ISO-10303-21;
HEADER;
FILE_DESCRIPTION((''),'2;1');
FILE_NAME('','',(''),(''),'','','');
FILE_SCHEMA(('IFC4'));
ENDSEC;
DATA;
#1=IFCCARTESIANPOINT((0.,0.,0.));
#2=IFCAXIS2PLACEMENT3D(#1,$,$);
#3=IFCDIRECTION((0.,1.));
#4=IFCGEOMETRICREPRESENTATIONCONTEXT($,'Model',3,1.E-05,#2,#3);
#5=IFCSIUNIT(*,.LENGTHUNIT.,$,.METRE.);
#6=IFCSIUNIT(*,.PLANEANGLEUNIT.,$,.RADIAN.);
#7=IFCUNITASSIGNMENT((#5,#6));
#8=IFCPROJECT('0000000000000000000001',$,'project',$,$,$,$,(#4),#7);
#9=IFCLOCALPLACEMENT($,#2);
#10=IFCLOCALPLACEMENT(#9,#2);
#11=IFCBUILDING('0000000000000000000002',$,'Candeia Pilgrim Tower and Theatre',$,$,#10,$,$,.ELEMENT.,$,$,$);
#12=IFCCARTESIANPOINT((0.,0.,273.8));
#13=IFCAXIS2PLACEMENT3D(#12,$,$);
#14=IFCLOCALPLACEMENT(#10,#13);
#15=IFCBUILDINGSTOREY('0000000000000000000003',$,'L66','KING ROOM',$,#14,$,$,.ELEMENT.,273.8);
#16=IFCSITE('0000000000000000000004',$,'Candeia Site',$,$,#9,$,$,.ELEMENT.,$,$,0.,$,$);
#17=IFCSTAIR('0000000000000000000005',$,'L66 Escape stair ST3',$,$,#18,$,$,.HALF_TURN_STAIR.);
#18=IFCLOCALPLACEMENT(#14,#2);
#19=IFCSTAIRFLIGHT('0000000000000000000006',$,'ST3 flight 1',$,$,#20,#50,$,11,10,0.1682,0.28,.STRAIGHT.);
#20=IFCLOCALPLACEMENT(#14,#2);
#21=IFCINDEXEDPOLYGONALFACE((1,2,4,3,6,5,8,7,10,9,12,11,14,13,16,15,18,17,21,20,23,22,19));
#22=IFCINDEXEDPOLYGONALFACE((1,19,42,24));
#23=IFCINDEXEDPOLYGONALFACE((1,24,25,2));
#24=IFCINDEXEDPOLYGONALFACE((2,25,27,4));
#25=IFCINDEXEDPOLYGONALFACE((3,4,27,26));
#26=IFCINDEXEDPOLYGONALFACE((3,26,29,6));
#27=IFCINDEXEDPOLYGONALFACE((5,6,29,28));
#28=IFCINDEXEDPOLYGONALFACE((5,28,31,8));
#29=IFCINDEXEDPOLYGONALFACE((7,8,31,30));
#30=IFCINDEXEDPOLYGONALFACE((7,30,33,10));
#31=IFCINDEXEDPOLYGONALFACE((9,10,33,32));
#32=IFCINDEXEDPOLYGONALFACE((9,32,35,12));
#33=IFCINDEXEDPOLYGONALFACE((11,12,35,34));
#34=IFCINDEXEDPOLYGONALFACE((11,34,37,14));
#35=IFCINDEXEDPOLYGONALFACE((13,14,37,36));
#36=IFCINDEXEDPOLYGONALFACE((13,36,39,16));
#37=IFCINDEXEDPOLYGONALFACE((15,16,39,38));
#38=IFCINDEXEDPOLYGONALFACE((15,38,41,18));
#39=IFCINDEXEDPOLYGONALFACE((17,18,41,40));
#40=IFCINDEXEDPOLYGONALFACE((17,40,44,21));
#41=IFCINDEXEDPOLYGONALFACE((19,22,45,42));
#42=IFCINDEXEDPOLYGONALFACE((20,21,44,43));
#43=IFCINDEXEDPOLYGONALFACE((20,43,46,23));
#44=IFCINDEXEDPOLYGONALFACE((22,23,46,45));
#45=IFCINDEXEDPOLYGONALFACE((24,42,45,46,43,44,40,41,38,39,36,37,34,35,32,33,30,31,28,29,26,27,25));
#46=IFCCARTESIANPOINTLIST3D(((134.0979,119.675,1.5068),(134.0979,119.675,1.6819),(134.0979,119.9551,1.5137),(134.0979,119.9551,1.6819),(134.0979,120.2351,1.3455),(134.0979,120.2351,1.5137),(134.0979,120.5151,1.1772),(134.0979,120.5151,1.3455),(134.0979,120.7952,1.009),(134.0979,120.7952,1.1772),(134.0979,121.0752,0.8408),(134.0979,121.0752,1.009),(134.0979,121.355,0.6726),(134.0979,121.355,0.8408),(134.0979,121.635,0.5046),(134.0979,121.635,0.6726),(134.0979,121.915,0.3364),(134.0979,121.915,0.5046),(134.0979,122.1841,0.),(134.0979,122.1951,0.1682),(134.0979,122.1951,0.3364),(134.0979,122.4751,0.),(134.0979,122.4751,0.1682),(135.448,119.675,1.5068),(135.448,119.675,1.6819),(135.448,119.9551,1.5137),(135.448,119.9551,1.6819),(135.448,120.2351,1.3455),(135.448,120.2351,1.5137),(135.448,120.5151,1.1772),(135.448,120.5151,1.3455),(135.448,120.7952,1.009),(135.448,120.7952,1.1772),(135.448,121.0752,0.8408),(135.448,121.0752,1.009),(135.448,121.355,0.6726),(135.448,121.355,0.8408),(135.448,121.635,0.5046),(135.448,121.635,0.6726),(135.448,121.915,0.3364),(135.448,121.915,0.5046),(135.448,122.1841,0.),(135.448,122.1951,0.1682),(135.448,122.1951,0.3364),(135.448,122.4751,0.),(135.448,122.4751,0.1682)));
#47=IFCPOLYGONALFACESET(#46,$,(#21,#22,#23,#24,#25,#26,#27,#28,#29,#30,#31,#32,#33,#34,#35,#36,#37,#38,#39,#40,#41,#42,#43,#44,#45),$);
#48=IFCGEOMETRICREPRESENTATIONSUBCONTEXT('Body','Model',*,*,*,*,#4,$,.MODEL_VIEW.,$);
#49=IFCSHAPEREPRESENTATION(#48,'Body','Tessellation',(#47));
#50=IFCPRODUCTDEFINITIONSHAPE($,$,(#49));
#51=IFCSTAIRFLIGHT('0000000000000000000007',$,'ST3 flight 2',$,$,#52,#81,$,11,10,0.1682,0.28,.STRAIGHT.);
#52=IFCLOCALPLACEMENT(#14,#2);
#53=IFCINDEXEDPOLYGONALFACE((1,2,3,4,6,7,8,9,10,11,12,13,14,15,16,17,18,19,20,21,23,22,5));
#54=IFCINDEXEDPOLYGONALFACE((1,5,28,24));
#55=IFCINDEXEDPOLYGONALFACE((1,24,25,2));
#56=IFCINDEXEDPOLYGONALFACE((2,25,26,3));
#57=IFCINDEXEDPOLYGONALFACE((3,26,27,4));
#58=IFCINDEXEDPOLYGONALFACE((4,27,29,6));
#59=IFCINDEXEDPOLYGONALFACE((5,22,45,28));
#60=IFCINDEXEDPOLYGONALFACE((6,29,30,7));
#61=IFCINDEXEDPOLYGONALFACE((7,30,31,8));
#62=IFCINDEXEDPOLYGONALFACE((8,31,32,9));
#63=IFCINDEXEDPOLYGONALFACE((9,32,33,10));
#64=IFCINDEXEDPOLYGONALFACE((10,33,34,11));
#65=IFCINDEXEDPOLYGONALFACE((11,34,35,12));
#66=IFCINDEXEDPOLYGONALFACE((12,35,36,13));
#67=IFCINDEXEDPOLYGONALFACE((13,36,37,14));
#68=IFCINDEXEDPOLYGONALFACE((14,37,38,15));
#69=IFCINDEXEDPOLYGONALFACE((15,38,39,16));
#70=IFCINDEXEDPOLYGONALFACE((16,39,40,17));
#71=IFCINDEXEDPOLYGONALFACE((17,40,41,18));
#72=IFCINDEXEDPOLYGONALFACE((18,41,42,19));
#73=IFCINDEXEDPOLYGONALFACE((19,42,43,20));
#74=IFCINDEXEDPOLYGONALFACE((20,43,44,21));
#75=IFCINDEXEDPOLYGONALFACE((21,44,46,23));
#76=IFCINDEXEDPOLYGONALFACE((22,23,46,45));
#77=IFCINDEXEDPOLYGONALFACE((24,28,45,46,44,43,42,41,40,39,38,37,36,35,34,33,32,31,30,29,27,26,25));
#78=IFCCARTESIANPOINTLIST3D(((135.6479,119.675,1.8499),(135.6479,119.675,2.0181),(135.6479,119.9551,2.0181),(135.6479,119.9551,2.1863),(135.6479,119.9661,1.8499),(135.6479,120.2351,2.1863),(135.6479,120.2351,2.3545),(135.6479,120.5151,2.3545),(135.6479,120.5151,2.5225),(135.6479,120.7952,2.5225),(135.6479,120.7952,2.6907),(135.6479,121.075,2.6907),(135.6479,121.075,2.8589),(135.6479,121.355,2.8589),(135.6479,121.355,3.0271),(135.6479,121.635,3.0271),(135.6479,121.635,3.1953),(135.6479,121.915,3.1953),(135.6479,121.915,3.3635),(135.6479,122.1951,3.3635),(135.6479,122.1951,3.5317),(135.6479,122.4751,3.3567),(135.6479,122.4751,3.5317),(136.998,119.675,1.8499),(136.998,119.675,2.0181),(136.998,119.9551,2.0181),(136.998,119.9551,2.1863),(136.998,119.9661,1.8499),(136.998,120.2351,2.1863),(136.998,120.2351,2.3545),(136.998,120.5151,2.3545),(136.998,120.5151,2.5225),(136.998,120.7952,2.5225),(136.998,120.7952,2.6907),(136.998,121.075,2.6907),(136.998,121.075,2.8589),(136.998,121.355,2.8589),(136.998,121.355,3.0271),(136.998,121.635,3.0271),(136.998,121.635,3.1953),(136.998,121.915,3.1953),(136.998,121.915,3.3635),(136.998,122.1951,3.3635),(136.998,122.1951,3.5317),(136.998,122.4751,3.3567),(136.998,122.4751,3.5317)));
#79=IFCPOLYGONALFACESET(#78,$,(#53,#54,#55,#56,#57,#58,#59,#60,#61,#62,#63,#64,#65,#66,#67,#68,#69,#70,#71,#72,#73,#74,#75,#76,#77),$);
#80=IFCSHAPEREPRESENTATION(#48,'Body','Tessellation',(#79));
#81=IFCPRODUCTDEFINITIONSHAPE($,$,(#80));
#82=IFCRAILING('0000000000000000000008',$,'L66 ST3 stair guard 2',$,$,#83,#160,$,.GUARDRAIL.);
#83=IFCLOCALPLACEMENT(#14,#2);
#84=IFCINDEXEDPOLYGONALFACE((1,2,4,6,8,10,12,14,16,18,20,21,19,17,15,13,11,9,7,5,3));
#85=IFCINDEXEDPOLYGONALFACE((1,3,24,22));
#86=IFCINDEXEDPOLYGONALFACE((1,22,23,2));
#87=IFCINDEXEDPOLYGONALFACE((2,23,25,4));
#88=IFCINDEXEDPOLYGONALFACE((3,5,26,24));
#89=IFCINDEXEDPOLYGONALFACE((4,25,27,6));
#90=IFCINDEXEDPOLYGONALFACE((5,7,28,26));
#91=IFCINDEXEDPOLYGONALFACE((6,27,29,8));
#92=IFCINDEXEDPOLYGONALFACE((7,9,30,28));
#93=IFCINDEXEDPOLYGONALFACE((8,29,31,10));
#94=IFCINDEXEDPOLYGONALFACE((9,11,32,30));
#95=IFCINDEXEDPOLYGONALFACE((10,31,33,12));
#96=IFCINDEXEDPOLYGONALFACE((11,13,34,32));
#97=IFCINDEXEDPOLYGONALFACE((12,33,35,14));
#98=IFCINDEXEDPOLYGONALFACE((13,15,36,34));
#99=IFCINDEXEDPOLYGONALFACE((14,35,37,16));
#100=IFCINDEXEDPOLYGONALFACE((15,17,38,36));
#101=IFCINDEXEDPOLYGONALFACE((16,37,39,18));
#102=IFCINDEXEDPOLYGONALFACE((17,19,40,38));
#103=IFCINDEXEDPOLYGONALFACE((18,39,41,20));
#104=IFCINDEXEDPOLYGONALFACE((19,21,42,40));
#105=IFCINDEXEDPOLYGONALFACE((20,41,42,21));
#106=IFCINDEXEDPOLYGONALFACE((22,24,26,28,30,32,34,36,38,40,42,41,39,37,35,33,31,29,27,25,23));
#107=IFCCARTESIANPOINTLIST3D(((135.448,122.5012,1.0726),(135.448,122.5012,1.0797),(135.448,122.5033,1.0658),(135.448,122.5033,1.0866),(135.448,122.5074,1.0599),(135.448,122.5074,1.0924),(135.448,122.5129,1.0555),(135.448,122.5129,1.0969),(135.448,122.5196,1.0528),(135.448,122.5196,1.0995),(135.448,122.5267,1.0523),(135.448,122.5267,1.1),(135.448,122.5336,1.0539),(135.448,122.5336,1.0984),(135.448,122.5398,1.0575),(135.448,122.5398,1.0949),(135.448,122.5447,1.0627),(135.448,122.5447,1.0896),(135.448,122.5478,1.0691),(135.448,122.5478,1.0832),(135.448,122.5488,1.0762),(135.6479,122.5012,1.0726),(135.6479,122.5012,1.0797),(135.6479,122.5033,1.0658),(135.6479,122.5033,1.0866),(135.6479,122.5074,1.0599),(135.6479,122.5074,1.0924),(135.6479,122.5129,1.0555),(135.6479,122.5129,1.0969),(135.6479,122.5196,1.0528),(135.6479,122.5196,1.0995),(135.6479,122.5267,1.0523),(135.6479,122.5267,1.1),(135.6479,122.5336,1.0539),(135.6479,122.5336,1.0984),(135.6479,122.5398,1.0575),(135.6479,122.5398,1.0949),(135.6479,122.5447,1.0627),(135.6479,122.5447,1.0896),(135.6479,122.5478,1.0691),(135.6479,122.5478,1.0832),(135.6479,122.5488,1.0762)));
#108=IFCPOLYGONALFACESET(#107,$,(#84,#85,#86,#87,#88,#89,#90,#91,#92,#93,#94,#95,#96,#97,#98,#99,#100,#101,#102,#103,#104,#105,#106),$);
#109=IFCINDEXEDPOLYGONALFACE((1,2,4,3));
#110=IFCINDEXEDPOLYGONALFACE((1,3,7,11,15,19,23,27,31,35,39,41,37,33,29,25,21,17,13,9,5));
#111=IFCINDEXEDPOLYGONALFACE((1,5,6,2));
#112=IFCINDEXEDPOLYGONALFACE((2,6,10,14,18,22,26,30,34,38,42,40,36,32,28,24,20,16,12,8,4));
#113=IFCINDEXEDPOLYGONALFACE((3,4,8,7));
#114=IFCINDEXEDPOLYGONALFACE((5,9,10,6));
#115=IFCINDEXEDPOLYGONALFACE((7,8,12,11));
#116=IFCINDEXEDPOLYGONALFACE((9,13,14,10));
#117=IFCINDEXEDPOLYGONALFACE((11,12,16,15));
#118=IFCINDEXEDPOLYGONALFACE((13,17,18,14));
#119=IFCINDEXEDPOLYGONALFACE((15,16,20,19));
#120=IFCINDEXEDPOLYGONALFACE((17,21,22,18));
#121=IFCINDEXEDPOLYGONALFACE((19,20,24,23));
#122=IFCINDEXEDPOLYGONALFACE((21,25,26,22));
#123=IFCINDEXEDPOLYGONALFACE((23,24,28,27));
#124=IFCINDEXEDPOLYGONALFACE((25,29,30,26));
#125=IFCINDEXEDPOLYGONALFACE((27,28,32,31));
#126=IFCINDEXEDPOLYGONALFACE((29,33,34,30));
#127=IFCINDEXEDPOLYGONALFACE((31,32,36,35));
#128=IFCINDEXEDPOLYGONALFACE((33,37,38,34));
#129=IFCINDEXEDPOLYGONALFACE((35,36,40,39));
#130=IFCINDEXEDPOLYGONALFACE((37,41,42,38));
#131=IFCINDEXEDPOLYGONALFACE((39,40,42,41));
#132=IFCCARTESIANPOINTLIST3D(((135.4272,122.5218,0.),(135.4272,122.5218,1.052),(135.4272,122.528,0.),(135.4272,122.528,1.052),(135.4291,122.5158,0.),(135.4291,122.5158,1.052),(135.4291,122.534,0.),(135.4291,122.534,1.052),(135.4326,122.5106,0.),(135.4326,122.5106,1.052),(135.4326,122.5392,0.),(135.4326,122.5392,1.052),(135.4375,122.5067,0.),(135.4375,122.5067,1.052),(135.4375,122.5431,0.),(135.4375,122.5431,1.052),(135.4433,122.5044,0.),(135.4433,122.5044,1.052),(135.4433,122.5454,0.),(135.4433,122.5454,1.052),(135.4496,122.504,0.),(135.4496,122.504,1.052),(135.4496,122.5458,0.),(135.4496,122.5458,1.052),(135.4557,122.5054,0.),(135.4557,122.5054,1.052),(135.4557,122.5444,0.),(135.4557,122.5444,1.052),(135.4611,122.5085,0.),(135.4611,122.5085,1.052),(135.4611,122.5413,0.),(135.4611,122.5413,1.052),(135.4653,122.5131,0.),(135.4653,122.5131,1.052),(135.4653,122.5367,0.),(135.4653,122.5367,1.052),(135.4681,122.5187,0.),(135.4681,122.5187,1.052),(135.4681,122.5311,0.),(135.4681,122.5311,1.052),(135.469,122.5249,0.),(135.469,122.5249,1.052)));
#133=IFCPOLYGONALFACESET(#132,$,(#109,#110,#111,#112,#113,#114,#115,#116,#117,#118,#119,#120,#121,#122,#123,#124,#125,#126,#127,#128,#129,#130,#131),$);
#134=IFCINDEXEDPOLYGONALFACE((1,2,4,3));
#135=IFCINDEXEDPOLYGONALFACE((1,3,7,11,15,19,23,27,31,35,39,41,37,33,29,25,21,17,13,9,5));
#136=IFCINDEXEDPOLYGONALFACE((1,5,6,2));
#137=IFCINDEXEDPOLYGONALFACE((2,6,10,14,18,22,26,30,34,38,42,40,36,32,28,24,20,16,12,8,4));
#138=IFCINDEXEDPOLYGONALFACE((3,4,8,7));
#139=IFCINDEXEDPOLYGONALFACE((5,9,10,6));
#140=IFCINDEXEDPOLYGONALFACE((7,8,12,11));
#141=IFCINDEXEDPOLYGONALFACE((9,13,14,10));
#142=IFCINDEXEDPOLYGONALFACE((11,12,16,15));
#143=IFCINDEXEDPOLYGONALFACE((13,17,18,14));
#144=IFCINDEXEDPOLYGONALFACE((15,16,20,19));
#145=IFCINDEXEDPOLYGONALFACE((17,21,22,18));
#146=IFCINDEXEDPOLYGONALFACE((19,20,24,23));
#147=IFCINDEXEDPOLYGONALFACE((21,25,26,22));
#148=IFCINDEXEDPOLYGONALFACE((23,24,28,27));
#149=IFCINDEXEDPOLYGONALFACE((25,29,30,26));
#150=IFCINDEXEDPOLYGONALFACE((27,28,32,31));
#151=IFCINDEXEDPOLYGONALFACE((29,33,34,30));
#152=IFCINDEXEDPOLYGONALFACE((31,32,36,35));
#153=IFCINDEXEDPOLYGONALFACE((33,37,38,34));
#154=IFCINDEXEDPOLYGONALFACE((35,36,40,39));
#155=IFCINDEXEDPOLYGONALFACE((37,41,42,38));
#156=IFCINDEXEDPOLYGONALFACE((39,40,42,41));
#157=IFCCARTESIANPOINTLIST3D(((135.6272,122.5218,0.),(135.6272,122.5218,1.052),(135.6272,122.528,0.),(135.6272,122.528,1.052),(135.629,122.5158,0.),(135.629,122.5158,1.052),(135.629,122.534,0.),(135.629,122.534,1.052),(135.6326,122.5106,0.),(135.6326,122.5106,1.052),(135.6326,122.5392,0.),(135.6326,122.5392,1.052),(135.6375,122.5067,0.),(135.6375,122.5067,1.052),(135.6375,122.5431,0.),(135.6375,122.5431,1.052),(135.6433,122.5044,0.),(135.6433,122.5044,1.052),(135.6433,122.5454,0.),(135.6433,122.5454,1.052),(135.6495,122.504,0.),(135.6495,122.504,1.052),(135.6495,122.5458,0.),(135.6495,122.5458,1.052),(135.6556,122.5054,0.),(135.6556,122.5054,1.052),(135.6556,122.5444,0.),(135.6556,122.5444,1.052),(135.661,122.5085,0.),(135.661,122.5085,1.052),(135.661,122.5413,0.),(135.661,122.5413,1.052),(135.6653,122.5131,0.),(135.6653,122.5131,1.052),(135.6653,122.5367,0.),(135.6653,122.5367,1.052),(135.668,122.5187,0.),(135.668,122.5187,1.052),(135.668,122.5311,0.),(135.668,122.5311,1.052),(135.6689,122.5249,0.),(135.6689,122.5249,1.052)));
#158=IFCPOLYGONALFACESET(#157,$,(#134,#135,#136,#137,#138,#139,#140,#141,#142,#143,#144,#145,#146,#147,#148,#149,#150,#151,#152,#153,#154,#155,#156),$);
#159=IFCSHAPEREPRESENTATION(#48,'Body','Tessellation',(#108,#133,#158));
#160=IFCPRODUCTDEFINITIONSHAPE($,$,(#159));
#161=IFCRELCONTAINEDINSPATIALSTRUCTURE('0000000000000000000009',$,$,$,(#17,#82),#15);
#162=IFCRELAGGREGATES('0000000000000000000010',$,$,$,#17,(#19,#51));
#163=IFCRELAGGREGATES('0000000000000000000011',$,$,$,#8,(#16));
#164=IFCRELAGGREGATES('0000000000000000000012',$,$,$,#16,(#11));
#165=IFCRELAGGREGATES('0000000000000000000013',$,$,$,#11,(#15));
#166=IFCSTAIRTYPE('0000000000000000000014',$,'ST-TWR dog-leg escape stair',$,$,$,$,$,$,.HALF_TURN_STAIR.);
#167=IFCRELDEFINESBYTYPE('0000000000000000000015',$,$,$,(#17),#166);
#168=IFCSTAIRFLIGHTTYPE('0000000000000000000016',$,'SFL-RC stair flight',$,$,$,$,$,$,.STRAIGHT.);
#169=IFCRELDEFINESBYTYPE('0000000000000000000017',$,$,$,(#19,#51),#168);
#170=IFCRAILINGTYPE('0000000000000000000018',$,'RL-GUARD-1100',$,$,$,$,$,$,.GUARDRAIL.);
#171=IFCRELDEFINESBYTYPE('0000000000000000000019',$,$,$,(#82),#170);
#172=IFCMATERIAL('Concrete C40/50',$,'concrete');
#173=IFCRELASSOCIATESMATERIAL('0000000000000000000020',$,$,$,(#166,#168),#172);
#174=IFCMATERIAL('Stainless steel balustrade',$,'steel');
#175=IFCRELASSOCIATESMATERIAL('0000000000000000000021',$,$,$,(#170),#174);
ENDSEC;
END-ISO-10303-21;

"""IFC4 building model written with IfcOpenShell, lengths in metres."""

from ifc_helpers import new_model, si_unit, direction, frame, origin, origin_2d, place, context, subcontext, project, spatial, polyline, circle, outline, extrude, material, type_object, element, aggregate, save


model = new_model("IFC4")

# Units and contexts
model_context = context("Model", 3, precision=1e-05, world=origin(), true_north=direction((0.0, 1.0)))
body_context = subcontext(model_context, "Body", "Model", "MODEL_VIEW")
ifc_project = project(units=[si_unit("LENGTHUNIT", "METRE"), si_unit("PLANEANGLEUNIT", "RADIAN")], contexts=[model_context])

# Site, building, storey
site_placement = place(None, origin())
site = spatial("IfcSite", under=ifc_project, at=site_placement, Name="Candeia Site", CompositionType="ELEMENT", RefElevation=0.0)
building_placement = place(site_placement, origin())
building = spatial("IfcBuilding", under=site, at=building_placement, Name="Candeia Pilgrim Tower and Theatre", CompositionType="ELEMENT")
storey_placement = place(building_placement, frame((0.0, 0.0, 273.8)))
storey = spatial("IfcBuildingStorey", under=building, at=storey_placement, Name="L66", Description="KING ROOM", CompositionType="ELEMENT", Elevation=273.8)

# Shared definitions
ifc_material_1 = material(Name="Concrete C40/50", Category="concrete")

# Stair, stair flights
stair_type = type_object("IfcStairType", Name="ST-TWR dog-leg escape stair", PredefinedType="HALF_TURN_STAIR", material=ifc_material_1)
stair_placement = place(storey_placement, origin())
stair = element("IfcStair", 1, at=stair_placement, inside=storey, type_object=stair_type, Name="L66 Escape stair ST3", PredefinedType="HALF_TURN_STAIR")
stair_flight_type = type_object("IfcStairFlightType", Name="SFL-RC stair flight", PredefinedType="STRAIGHT", material=ifc_material_1)
stair_flight_1_placement = place(storey_placement, frame((134.7729, 122.4751, 0.0), z_axis=(0.0, 0.0, 1.0), x_axis=(0.0, -1.0, 0.0)))
stair_flight_1 = element("IfcStairFlight", 2, at=stair_flight_1_placement, type_object=stair_flight_type, Name="ST3 flight 1", NumberOfRisers=11, NumberOfTreads=10, PredefinedType="STRAIGHT", RiserHeight=0.1682, TreadLength=0.28, context=body_context, shape_type="SweptSolid", body=[
    extrude(outline(polyline([(0.0, 0.0), (0.0, 0.1682), (0.28, 0.1682), (0.28, 0.3364), (0.5601, 0.3364), (0.5601, 0.5046), (0.8401, 0.5046), (0.8401, 0.6726), (1.1201, 0.6726), (1.1201, 0.8408), (1.3999, 0.8408), (1.3999, 1.009), (1.6799, 1.009), (1.6799, 1.1772), (1.96, 1.1772), (1.96, 1.3455), (2.24, 1.3455), (2.24, 1.5137), (2.52, 1.5137), (2.52, 1.6819), (2.8, 1.6819), (2.8, 1.8501), (2.8, 1.5068), (0.291, 0.0), (0.0, 0.0)])), frame((0.0, 0.675, 0.0), z_axis=(0.0, -1.0, 0.0), x_axis=(1.0, 0.0, 0.0)), (0.0, 0.0, 1.0), 1.3501),
])
stair_flight_2_placement = place(storey_placement, frame((136.323, 119.675, 1.8499), z_axis=(0.0, 0.0, 1.0), x_axis=(0.0, 1.0, 0.0)))
stair_flight_2 = element("IfcStairFlight", 3, at=stair_flight_2_placement, type_object=stair_flight_type, Name="ST3 flight 2", NumberOfRisers=11, NumberOfTreads=10, PredefinedType="STRAIGHT", RiserHeight=0.1682, TreadLength=0.28, context=body_context, shape_type="SweptSolid", body=[
    extrude(outline(polyline([(0.0, 0.0), (0.0, 0.1682), (0.28, 0.1682), (0.28, 0.3364), (0.5601, 0.3364), (0.5601, 0.5046), (0.8401, 0.5046), (0.8401, 0.6726), (1.1201, 0.6726), (1.1201, 0.8408), (1.3999, 0.8408), (1.3999, 1.009), (1.6799, 1.009), (1.6799, 1.1772), (1.96, 1.1772), (1.96, 1.3455), (2.24, 1.3455), (2.24, 1.5137), (2.52, 1.5137), (2.52, 1.6819), (2.8, 1.6819), (2.8, 1.8501), (2.8, 1.5068), (0.291, 0.0), (0.0, 0.0)])), frame((0.0, 0.675, 0.0), z_axis=(0.0, -1.0, 0.0), x_axis=(1.0, 0.0, 0.0)), (0.0, 0.0, 1.0), 1.3501),
])
aggregate(stair, [stair_flight_1, stair_flight_2])

# Railing
ifc_material_2 = material(Name="Stainless steel balustrade", Category="steel")
railing_type_1 = type_object("IfcRailingType", Name="RL-GUARD-1100", PredefinedType="GUARDRAIL", material=ifc_material_2)
railing_1_placement = place(storey_placement, frame((135.448, 122.5249, 0.0)))
element("IfcRailing", 4, at=railing_1_placement, inside=storey, type_object=railing_type_1, Name="L66 ST3 stair guard 2", PredefinedType="GUARDRAIL", context=body_context, shape_type="SweptSolid", body=[
    extrude(circle(Radius=0.0239, at=origin_2d()), frame((0.0, 0.0, 1.0762), z_axis=(1.0, 0.0, 0.0), x_axis=(0.0, 1.0, 0.0)), (0.0, 0.0, 1.0), 0.2),
    extrude(circle(Radius=0.021, at=origin_2d()), origin(), (0.0, 0.0, 1.0), 1.052),
    extrude(circle(Radius=0.021, at=origin_2d()), frame((0.2, 0.0, 0.0)), (0.0, 0.0, 1.0), 1.052),
])

save(model, "model.ifc")
